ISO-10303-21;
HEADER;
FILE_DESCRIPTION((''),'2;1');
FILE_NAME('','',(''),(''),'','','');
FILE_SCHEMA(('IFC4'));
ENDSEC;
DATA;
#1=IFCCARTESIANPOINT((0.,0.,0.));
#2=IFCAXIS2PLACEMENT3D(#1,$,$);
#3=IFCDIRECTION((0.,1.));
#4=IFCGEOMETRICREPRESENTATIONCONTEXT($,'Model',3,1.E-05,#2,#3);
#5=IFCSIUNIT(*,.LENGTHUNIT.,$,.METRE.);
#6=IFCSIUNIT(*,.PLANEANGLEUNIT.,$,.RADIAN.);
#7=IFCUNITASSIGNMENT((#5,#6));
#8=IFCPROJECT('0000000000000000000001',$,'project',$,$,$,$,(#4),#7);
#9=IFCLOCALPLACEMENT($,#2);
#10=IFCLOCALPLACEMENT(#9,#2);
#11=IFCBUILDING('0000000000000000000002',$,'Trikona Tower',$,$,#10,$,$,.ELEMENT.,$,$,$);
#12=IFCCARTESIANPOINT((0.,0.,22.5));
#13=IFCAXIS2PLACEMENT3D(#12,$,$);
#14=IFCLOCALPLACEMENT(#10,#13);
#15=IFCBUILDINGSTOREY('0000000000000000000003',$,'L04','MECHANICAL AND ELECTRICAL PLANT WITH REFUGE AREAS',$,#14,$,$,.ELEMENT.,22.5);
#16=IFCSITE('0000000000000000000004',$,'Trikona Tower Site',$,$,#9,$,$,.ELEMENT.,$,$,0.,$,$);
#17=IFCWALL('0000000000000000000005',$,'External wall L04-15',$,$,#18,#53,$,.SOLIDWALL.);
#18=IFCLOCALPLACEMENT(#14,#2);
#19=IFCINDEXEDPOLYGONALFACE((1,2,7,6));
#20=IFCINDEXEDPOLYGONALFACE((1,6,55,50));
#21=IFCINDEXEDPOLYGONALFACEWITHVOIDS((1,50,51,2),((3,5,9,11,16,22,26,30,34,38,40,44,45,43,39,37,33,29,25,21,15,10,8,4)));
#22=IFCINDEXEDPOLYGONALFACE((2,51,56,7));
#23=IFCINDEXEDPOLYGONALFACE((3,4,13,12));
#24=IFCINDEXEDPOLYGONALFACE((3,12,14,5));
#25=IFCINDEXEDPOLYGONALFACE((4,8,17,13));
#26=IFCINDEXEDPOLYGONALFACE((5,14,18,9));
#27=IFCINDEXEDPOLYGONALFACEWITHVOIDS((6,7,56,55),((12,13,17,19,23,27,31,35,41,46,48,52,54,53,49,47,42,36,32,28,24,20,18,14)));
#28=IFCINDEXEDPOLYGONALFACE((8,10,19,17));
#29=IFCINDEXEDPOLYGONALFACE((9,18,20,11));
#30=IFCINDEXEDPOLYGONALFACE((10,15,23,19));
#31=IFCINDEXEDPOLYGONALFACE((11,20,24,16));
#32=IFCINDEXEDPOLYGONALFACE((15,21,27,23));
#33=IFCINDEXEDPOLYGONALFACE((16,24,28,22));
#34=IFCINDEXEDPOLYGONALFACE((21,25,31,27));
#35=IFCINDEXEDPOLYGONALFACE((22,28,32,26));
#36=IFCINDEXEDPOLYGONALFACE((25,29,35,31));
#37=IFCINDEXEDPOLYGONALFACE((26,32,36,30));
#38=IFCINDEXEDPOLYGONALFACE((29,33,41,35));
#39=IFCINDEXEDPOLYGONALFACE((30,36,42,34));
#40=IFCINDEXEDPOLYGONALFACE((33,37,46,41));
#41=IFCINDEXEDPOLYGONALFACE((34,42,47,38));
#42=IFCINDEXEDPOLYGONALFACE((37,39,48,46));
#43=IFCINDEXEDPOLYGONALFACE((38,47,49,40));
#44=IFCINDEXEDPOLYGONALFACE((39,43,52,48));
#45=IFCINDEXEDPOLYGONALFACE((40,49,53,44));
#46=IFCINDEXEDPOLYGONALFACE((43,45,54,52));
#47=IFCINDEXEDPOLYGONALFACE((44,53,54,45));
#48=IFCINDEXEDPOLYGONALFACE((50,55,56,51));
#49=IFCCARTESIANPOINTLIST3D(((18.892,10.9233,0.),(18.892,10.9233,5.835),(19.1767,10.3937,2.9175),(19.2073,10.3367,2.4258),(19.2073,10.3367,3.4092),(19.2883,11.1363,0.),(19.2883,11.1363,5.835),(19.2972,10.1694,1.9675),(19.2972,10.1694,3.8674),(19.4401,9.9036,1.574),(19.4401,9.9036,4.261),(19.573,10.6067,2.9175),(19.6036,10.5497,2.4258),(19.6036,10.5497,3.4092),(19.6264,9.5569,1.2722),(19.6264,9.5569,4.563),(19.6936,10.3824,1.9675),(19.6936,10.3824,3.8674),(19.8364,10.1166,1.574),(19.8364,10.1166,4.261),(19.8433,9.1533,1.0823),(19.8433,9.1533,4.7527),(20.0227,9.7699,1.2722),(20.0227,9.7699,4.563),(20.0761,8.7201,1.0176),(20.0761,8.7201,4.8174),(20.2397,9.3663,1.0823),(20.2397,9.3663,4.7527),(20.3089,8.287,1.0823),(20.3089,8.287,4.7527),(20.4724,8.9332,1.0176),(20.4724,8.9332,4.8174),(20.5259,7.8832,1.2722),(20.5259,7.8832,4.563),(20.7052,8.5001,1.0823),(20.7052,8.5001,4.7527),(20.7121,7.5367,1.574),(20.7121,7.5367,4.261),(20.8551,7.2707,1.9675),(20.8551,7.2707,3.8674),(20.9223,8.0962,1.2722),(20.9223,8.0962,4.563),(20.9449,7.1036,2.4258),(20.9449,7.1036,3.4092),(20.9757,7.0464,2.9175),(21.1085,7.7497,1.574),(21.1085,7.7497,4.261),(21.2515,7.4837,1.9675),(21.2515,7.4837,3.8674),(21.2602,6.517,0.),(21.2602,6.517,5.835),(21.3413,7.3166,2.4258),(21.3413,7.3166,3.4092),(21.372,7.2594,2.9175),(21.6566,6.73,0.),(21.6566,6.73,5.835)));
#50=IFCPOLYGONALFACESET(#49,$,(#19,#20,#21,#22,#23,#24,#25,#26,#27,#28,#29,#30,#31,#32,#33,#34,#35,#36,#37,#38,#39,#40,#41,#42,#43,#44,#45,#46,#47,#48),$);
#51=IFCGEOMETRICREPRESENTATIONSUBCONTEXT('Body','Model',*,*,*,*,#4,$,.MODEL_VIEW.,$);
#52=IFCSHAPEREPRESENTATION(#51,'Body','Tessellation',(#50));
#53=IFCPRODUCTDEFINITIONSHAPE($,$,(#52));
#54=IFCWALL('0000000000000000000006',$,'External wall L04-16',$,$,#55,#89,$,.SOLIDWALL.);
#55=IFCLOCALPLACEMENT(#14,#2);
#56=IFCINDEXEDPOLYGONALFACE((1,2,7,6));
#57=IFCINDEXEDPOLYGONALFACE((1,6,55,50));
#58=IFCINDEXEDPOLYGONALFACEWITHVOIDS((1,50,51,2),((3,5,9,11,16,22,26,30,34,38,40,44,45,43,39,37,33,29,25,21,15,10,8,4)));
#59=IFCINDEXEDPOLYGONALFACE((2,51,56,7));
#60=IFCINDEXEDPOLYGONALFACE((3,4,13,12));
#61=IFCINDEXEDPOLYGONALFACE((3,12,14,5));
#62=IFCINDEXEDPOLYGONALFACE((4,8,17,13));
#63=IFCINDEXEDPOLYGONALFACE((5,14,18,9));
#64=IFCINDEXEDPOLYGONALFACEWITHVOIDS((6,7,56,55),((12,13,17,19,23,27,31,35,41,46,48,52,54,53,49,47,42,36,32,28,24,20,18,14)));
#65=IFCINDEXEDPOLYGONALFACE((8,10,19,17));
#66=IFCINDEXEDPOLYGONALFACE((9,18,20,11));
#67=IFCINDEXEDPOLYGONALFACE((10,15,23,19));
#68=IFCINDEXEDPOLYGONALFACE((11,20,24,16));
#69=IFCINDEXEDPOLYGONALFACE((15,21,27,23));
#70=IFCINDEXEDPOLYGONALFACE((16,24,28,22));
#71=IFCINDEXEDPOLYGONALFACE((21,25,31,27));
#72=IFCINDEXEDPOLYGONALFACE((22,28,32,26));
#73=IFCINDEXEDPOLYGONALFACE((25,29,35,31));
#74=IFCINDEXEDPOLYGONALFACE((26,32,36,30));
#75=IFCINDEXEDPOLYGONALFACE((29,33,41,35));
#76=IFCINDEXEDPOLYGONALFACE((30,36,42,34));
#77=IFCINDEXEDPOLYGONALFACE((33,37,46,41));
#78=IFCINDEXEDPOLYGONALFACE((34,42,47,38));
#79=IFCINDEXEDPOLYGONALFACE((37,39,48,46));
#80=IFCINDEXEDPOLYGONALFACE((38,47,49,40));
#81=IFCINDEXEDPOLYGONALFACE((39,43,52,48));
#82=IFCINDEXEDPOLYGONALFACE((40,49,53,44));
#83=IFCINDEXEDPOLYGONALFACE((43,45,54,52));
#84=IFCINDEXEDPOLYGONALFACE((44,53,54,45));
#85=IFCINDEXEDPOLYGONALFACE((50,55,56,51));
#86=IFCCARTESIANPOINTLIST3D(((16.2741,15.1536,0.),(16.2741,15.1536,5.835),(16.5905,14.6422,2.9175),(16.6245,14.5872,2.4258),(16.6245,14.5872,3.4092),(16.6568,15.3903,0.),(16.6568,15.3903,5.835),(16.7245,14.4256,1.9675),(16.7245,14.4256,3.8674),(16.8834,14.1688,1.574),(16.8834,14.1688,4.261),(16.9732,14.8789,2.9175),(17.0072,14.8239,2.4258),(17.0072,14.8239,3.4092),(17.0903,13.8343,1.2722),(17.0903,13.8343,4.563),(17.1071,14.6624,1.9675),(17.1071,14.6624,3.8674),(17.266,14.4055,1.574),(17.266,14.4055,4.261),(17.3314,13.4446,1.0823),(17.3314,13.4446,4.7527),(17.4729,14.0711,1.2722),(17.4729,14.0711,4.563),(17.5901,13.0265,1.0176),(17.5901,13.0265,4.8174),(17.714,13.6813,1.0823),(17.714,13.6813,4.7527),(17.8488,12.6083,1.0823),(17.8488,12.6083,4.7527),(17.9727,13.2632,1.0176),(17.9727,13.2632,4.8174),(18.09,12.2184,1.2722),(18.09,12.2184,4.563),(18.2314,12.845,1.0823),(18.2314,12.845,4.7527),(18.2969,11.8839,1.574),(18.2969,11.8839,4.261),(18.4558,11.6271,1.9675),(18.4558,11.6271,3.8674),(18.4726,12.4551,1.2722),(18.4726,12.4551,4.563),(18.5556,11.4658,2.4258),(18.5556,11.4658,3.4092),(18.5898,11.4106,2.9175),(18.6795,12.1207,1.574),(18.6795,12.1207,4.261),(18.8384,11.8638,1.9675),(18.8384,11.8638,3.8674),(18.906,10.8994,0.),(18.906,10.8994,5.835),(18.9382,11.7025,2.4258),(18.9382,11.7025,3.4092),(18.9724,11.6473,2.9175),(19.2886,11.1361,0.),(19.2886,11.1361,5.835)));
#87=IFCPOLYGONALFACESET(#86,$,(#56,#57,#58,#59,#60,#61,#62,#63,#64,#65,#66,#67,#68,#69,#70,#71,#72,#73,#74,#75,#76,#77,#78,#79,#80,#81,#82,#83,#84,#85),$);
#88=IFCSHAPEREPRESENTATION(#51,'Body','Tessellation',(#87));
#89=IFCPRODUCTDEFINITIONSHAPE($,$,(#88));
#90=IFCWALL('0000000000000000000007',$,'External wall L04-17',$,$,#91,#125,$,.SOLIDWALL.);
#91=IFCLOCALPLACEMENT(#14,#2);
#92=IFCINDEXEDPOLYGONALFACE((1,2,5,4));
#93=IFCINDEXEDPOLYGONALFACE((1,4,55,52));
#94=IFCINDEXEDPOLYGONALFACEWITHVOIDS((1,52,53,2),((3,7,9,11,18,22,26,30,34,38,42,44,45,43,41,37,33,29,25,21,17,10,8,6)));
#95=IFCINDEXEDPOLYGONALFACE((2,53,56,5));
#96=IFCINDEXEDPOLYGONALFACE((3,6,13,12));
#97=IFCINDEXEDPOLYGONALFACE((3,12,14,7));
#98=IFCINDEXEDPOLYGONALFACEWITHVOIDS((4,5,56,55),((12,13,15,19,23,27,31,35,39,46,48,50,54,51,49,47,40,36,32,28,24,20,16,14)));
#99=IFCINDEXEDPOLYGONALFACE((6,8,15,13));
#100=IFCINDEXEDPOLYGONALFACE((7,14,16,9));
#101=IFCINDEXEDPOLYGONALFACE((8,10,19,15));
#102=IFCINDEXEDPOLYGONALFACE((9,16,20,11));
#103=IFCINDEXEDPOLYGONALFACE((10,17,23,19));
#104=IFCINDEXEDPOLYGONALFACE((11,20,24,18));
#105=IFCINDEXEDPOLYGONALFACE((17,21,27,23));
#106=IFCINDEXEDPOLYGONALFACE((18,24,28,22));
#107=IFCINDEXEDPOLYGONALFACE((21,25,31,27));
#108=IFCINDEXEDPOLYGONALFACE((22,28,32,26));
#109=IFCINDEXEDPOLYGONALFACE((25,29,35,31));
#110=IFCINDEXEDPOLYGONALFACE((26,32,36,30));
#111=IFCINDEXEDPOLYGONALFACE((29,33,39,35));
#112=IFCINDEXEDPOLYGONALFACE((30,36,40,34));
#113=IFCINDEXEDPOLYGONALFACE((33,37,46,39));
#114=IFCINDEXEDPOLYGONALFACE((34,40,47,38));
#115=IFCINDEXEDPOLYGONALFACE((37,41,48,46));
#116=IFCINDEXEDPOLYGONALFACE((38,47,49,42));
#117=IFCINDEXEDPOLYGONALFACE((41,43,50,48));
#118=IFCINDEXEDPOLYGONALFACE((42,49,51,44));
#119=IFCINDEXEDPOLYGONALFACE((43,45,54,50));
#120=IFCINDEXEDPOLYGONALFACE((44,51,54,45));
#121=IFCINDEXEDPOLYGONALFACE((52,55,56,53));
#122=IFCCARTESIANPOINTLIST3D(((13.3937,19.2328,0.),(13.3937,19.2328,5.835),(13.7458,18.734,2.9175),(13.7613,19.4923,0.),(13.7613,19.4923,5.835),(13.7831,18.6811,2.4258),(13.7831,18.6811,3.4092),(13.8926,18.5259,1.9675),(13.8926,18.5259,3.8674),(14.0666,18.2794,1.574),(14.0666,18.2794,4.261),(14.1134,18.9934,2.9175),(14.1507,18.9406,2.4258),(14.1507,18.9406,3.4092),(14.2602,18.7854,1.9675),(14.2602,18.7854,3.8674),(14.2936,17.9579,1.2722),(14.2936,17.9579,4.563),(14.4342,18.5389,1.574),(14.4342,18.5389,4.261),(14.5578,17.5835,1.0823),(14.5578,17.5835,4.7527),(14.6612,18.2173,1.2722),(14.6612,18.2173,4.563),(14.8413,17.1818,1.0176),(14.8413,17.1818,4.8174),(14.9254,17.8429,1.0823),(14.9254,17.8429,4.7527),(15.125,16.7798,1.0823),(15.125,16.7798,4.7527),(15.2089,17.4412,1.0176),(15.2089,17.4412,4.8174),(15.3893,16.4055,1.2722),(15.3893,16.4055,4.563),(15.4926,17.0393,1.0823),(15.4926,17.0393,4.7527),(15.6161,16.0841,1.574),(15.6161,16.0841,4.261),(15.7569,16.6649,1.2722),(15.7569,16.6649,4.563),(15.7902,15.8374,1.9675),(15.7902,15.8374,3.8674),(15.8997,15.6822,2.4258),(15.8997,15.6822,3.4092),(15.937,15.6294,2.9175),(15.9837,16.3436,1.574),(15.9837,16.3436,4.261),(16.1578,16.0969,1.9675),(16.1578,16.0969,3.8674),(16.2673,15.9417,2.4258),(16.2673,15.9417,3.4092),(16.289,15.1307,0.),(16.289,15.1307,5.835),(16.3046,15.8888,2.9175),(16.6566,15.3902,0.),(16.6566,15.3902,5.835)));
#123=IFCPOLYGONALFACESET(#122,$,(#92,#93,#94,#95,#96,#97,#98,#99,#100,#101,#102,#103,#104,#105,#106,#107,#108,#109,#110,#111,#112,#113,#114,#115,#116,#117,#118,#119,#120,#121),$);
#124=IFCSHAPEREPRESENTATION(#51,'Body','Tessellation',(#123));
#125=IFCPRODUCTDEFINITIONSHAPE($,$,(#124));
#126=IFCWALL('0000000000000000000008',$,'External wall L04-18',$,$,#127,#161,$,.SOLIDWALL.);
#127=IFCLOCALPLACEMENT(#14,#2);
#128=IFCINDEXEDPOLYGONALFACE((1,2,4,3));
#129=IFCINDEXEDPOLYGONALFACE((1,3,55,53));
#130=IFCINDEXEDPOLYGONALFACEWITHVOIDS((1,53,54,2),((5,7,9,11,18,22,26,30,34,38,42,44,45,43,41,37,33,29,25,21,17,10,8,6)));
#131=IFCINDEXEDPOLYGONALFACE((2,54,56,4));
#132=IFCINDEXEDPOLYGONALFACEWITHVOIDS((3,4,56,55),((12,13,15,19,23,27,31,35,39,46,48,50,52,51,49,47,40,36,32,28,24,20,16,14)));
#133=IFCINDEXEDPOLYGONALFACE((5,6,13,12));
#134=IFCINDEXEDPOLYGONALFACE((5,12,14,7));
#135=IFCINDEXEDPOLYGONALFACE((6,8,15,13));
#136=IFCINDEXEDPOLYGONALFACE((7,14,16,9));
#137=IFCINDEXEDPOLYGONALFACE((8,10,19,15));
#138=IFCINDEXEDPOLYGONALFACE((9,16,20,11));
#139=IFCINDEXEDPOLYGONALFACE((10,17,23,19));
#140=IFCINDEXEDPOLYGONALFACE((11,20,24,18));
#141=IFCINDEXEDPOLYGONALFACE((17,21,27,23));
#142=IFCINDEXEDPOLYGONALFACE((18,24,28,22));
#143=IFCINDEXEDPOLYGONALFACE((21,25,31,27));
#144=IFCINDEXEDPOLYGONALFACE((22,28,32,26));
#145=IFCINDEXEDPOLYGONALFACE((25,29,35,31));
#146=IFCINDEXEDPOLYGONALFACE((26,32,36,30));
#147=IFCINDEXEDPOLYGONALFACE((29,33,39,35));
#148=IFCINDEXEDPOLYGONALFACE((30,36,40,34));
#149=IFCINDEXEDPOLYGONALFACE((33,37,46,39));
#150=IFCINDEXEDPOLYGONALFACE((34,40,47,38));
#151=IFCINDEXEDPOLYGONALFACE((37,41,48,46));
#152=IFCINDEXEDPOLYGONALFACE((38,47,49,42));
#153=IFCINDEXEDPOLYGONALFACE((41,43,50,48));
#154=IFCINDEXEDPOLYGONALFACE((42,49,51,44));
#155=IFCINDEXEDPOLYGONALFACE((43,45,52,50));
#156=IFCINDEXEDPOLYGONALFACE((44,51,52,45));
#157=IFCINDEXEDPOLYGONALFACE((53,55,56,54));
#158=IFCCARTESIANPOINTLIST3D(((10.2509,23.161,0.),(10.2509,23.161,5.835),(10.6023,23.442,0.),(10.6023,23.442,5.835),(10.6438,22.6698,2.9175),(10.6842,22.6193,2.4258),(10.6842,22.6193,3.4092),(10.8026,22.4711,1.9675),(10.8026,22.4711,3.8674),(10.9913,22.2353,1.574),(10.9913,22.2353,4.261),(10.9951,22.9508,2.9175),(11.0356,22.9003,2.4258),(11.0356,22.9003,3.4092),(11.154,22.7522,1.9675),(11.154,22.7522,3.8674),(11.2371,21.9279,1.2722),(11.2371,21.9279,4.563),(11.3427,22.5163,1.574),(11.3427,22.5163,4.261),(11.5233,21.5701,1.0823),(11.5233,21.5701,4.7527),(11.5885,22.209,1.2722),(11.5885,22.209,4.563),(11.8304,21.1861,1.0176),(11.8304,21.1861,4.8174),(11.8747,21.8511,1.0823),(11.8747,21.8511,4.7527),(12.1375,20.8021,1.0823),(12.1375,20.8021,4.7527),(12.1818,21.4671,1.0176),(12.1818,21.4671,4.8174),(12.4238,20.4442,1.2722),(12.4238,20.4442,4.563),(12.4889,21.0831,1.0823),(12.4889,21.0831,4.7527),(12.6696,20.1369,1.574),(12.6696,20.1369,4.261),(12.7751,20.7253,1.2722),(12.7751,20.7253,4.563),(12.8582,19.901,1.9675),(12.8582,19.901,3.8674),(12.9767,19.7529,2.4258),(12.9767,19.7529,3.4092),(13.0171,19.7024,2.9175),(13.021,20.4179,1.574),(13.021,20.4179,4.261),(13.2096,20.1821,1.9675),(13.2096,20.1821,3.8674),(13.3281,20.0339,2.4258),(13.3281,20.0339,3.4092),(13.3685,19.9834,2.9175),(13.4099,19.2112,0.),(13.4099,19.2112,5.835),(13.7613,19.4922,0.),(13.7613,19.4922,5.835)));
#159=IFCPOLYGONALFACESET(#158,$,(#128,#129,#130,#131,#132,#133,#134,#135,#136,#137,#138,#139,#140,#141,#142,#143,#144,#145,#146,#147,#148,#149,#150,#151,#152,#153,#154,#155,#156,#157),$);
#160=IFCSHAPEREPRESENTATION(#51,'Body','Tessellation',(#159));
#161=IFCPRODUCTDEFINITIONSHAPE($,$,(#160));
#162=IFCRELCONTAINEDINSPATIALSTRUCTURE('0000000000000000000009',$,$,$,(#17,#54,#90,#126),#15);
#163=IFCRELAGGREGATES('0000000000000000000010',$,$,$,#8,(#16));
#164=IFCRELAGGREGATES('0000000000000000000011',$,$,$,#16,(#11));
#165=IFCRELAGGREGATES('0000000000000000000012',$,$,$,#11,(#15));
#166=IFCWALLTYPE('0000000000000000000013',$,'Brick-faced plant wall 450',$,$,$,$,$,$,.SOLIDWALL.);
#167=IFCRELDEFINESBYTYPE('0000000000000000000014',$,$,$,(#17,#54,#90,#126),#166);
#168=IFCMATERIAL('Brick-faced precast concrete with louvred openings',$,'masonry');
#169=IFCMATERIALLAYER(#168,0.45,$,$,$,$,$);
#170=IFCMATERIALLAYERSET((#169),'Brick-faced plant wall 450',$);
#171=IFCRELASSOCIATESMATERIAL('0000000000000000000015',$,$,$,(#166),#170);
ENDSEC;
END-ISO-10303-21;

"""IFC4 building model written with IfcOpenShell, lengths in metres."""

from ifc_helpers import new_model, si_unit, direction, frame, origin, place, context, subcontext, project, spatial, polyline, outline, extrude, material, layer, layer_set, type_object, element, save


model = new_model("IFC4")

# Units and contexts
model_context = context("Model", 3, precision=1e-05, world=origin(), true_north=direction((0.0, 1.0)))
body_context = subcontext(model_context, "Body", "Model", "MODEL_VIEW")
ifc_project = project(units=[si_unit("LENGTHUNIT", "METRE"), si_unit("PLANEANGLEUNIT", "RADIAN")], contexts=[model_context])

# Site, building, storey
site_placement = place(None, origin())
site = spatial("IfcSite", under=ifc_project, at=site_placement, Name="Trikona Tower Site", CompositionType="ELEMENT", RefElevation=0.0)
building_placement = place(site_placement, origin())
building = spatial("IfcBuilding", under=site, at=building_placement, Name="Trikona Tower", CompositionType="ELEMENT")
storey_placement = place(building_placement, frame((0.0, 0.0, 22.5)))
storey = spatial("IfcBuildingStorey", under=building, at=storey_placement, Name="L04", Description="MECHANICAL AND ELECTRICAL PLANT WITH REFUGE AREAS", CompositionType="ELEMENT", Elevation=22.5)

# Walls
ifc_material_1 = material(Name="Brick-faced precast concrete with louvred openings", Category="masonry")
ifc_layer_1 = layer(ifc_material_1, 0.45)
ifc_layer_set_1 = layer_set([ifc_layer_1], Name="Brick-faced plant wall 450")
wall_type_1 = type_object("IfcWallType", Name="Brick-faced plant wall 450", PredefinedType="SOLIDWALL", material=ifc_layer_set_1)
wall_1_placement = place(storey_placement, frame((21.4585, 6.6235, 0.0), z_axis=(0.0, 0.0, 1.0), x_axis=(-0.473413, 0.880841, 0.0)))
element("IfcWall", 1, at=wall_1_placement, inside=storey, type_object=wall_type_1, Name="External wall L04-15", PredefinedType="SOLIDWALL", context=body_context, shape_type="SweptSolid", body=[
    extrude(outline(polyline([(0.0, 0.0), (5.0024, 0.0), (5.0024, 5.835), (0.0, 5.835), (0.0, 0.0)]), holes=[polyline([(4.4011, 2.9175), (4.3364, 3.4092), (4.1465, 3.8674), (3.8447, 4.261), (3.4512, 4.563), (2.9929, 4.7527), (2.5012, 4.8174), (2.0095, 4.7527), (1.551, 4.563), (1.1577, 4.261), (0.8557, 3.8674), (0.666, 3.4092), (0.6011, 2.9175), (0.666, 2.4258), (0.8557, 1.9675), (1.1577, 1.574), (1.551, 1.2722), (2.0095, 1.0823), (2.5012, 1.0176), (2.9929, 1.0823), (3.4512, 1.2722), (3.8447, 1.574), (4.1465, 1.9675), (4.3364, 2.4258), (4.4011, 2.9175)])]), frame((0.0, 0.2251, 0.0), z_axis=(0.0, -1.0, 0.0), x_axis=(1.0, 0.0, 0.0)), (0.0, 0.0, 1.0), 0.45),
])
wall_2_placement = place(storey_placement, frame((19.0974, 11.0178, 0.0), z_axis=(0.0, 0.0, 1.0), x_axis=(-0.526111, 0.850416, 0.0)))
element("IfcWall", 2, at=wall_2_placement, inside=storey, type_object=wall_type_1, Name="External wall L04-16", PredefinedType="SOLIDWALL", context=body_context, shape_type="SweptSolid", body=[
    extrude(outline(polyline([(0.0, 0.0), (5.0024, 0.0), (5.0024, 5.835), (0.0, 5.835), (0.0, 0.0)]), holes=[polyline([(4.4011, 2.9175), (4.3364, 3.4092), (4.1465, 3.8674), (3.8445, 4.261), (3.4512, 4.563), (2.9929, 4.7527), (2.5012, 4.8174), (2.0095, 4.7527), (1.551, 4.563), (1.1577, 4.261), (0.8557, 3.8674), (0.666, 3.4092), (0.6011, 2.9175), (0.666, 2.4258), (0.8557, 1.9675), (1.1577, 1.574), (1.551, 1.2722), (2.0095, 1.0823), (2.5012, 1.0176), (2.9929, 1.0823), (3.4512, 1.2722), (3.8445, 1.574), (4.1465, 1.9675), (4.3364, 2.4258), (4.4011, 2.9175)])]), frame((0.0, 0.2251, 0.0), z_axis=(0.0, -1.0, 0.0), x_axis=(1.0, 0.0, 0.0)), (0.0, 0.0, 1.0), 0.45),
])
wall_3_placement = place(storey_placement, frame((16.4729, 15.2605, 0.0), z_axis=(0.0, 0.0, 1.0), x_axis=(-0.576643, 0.816996, 0.0)))
element("IfcWall", 3, at=wall_3_placement, inside=storey, type_object=wall_type_1, Name="External wall L04-17", PredefinedType="SOLIDWALL", context=body_context, shape_type="SweptSolid", body=[
    extrude(outline(polyline([(0.0, 0.0), (5.021, 0.0), (5.021, 5.835), (0.0, 5.835), (0.0, 0.0)]), holes=[polyline([(4.4104, 2.9175), (4.3457, 3.4092), (4.1558, 3.8674), (3.854, 4.261), (3.4604, 4.563), (3.0022, 4.7527), (2.5105, 4.8174), (2.0186, 4.7527), (1.5603, 4.563), (1.167, 4.261), (0.865, 3.8674), (0.675, 3.4092), (0.6104, 2.9175), (0.675, 2.4258), (0.865, 1.9675), (1.167, 1.574), (1.5603, 1.2722), (2.0186, 1.0823), (2.5105, 1.0176), (3.0022, 1.0823), (3.4604, 1.2722), (3.854, 1.574), (4.1558, 1.9675), (4.3457, 2.4258), (4.4104, 2.9175)])]), frame((0.0, 0.2251, 0.0), z_axis=(0.0, -1.0, 0.0), x_axis=(1.0, 0.0, 0.0)), (0.0, 0.0, 1.0), 0.45),
])
wall_4_placement = place(storey_placement, frame((13.5857, 19.3518, 0.0), z_axis=(0.0, 0.0, 1.0), x_axis=(-0.624595, 0.780949, 0.0)))
element("IfcWall", 4, at=wall_4_placement, inside=storey, type_object=wall_type_1, Name="External wall L04-18", PredefinedType="SOLIDWALL", context=body_context, shape_type="SweptSolid", body=[
    extrude(outline(polyline([(0.0, 0.0), (5.0576, 0.0), (5.0576, 5.835), (0.0, 5.835), (0.0, 0.0)]), holes=[polyline([(4.4287, 2.9175), (4.364, 3.4092), (4.1743, 3.8674), (3.8723, 4.261), (3.4788, 4.563), (3.0205, 4.7527), (2.5288, 4.8174), (2.0371, 4.7527), (1.5789, 4.563), (1.1853, 4.261), (0.8833, 3.8674), (0.6936, 3.4092), (0.6289, 2.9175), (0.6936, 2.4258), (0.8833, 1.9675), (1.1853, 1.574), (1.5789, 1.2722), (2.0371, 1.0823), (2.5288, 1.0176), (3.0205, 1.0823), (3.4788, 1.2722), (3.8723, 1.574), (4.1743, 1.9675), (4.364, 2.4258), (4.4287, 2.9175)])]), frame((0.0, 0.2251, 0.0), z_axis=(0.0, -1.0, 0.0), x_axis=(1.0, 0.0, 0.0)), (0.0, 0.0, 1.0), 0.45),
])

save(model, "model.ifc")
